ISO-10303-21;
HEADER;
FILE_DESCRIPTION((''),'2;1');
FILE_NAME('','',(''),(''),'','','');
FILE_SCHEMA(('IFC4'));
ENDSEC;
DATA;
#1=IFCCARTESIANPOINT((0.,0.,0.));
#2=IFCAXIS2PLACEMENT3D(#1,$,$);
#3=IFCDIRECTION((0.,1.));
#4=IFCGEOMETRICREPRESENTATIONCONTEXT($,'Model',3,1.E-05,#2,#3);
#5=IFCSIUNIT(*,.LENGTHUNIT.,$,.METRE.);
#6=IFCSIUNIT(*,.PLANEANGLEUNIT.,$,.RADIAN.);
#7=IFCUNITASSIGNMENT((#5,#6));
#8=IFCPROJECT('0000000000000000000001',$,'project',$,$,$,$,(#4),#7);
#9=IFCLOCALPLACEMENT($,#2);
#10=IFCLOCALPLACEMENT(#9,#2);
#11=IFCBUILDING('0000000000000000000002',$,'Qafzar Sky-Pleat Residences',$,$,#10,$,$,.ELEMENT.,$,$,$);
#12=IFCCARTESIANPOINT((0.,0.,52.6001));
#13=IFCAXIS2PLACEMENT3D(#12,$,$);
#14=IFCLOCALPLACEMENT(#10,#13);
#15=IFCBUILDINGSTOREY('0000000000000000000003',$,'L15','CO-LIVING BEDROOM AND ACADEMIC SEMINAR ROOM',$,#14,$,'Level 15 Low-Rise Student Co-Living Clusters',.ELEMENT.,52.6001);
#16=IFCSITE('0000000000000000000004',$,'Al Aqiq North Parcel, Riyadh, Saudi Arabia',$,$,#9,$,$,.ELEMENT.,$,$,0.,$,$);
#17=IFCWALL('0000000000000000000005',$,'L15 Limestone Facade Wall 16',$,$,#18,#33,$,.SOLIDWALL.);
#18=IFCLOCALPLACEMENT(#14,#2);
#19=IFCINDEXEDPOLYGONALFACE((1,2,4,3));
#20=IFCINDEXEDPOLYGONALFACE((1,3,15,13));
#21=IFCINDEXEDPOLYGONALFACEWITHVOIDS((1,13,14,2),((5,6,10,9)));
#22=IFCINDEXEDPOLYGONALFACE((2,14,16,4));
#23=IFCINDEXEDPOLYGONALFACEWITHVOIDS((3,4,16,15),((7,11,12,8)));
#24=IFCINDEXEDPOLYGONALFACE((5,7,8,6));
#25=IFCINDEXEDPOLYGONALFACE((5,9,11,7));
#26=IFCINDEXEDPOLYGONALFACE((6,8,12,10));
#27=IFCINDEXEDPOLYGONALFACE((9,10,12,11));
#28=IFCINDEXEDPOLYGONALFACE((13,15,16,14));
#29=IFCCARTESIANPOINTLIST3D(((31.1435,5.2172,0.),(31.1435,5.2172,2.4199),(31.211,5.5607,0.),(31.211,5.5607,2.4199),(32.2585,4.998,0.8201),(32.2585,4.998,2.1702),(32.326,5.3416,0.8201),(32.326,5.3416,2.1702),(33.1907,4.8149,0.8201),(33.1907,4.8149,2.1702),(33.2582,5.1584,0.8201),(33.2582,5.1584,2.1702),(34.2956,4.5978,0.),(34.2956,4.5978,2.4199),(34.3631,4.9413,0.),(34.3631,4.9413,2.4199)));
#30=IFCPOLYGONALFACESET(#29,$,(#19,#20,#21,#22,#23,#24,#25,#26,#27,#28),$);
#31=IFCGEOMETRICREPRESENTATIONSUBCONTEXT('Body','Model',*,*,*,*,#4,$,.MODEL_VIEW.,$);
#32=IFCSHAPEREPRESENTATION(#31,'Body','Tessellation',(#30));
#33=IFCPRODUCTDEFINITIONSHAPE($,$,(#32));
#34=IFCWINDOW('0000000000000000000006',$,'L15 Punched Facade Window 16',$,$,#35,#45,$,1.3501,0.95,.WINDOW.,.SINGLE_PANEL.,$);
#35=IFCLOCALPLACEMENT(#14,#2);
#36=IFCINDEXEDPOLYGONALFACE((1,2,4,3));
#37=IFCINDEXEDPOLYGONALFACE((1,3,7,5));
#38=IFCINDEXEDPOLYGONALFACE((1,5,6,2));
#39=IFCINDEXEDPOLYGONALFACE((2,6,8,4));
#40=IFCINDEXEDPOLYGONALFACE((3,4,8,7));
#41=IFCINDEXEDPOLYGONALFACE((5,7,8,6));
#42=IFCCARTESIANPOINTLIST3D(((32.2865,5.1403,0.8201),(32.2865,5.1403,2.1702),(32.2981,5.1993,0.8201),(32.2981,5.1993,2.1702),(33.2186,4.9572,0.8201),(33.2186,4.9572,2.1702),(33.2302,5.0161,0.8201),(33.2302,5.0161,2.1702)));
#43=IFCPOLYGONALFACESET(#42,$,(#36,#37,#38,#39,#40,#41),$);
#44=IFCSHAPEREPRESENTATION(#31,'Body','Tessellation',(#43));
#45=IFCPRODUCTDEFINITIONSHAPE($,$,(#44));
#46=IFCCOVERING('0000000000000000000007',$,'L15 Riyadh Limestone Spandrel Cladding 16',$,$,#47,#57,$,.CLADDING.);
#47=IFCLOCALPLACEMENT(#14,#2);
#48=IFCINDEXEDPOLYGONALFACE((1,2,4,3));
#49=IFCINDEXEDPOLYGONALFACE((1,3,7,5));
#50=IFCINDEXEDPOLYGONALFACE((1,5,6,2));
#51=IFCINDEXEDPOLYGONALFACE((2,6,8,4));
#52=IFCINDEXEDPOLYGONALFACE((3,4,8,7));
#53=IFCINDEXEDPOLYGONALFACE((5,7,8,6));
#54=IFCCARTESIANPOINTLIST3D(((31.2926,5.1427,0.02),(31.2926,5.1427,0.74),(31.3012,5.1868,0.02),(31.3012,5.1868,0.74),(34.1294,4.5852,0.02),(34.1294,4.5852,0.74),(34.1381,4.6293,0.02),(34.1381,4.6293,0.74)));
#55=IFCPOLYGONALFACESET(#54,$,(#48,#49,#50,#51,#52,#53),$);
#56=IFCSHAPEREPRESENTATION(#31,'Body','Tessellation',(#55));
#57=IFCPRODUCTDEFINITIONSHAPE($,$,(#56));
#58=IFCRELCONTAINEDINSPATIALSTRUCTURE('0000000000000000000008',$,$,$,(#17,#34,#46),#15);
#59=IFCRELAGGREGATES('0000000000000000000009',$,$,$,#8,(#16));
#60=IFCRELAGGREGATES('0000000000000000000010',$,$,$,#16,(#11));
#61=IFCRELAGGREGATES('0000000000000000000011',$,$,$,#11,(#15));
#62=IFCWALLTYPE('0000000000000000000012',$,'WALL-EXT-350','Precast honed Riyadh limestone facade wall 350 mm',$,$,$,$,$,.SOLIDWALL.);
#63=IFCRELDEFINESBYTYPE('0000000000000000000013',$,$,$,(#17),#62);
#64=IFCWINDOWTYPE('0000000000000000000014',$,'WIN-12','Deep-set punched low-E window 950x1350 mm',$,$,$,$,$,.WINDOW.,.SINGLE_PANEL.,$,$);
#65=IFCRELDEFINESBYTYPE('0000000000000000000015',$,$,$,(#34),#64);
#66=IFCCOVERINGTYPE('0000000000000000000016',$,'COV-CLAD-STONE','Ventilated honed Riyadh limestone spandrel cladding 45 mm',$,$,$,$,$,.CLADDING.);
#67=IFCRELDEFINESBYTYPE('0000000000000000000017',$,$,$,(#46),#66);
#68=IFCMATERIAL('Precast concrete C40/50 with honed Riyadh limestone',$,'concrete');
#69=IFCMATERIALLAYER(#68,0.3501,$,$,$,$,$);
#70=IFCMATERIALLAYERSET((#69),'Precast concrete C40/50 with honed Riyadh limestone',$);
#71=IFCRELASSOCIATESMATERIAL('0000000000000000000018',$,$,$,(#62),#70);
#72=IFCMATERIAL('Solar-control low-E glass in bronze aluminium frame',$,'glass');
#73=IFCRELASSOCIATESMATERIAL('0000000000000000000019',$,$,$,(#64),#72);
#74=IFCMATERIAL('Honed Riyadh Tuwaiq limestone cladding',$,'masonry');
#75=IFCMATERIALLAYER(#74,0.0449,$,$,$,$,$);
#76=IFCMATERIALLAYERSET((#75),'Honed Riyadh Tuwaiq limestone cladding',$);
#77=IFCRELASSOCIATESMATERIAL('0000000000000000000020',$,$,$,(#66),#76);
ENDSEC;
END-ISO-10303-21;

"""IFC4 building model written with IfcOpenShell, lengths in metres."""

from ifc_helpers import new_model, si_unit, direction, frame, frame_2d, origin, origin_2d, place, context, subcontext, project, spatial, rectangle, extrude, source, transform, mapped, material, layer, layer_set, type_object, element, fill, save


model = new_model("IFC4")

# Units and contexts
model_context = context("Model", 3, precision=1e-05, world=origin(), true_north=direction((0.0, 1.0)))
body_context = subcontext(model_context, "Body", "Model", "MODEL_VIEW")
ifc_project = project(units=[si_unit("LENGTHUNIT", "METRE"), si_unit("PLANEANGLEUNIT", "RADIAN")], contexts=[model_context])

# Site, building, storey
site_placement = place(None, origin())
site = spatial("IfcSite", under=ifc_project, at=site_placement, Name="Al Aqiq North Parcel, Riyadh, Saudi Arabia", CompositionType="ELEMENT", RefElevation=0.0)
building_placement = place(site_placement, origin())
building = spatial("IfcBuilding", under=site, at=building_placement, Name="Qafzar Sky-Pleat Residences", CompositionType="ELEMENT")
storey_placement = place(building_placement, frame((0.0, 0.0, 52.6001)))
storey = spatial("IfcBuildingStorey", under=building, at=storey_placement, Name="L15", Description="CO-LIVING BEDROOM AND ACADEMIC SEMINAR ROOM", LongName="Level 15 Low-Rise Student Co-Living Clusters", CompositionType="ELEMENT", Elevation=52.6001)

# Wall, opening, window
ifc_material_1 = material(Name="Precast concrete C40/50 with honed Riyadh limestone", Category="concrete")
ifc_layer_1 = layer(ifc_material_1, 0.3501)
ifc_layer_set_1 = layer_set([ifc_layer_1], Name="Precast concrete C40/50 with honed Riyadh limestone")
wall_type_1 = type_object("IfcWallType", Name="WALL-EXT-350", Description="Precast honed Riyadh limestone facade wall 350 mm", PredefinedType="SOLIDWALL", material=ifc_layer_set_1)
ifc_material_2 = material(Name="Solar-control low-E glass in bronze aluminium frame", Category="glass")
wall_1_placement = place(storey_placement, frame((31.1772, 5.3889, 0.0), z_axis=(0.0, 0.0, 1.0), x_axis=(0.981236, -0.192812, 0.0)))
wall_1 = element("IfcWall", 1, at=wall_1_placement, inside=storey, type_object=wall_type_1, Name="L15 Limestone Facade Wall 16", PredefinedType="SOLIDWALL", context=body_context, shape_type="SweptSolid", body=[
    extrude(rectangle(XDim=3.2124, YDim=0.3501, at=frame_2d((1.6062, 0.0))), origin(), (0.0, 0.0, 1.0), 2.4199),
])
opening_1_placement = place(wall_1_placement, frame((1.1362, 0.0, 0.8201)))
opening_1 = element("IfcOpeningElement", 2, at=opening_1_placement, cuts=wall_1, PredefinedType="OPENING", context=body_context, shape_type="SweptSolid", body=[
    extrude(rectangle(XDim=0.95, YDim=1.3501, at=frame_2d((0.4751, 0.675))), frame((0.0, 0.1851, 0.0), z_axis=(0.0, -1.0, 0.0), x_axis=(1.0, 0.0, 0.0)), (0.0, 0.0, 1.0), 0.3701),
])
window_type_1 = type_object("IfcWindowType", Name="WIN-12", Description="Deep-set punched low-E window 950x1350 mm", PartitioningType="SINGLE_PANEL", PredefinedType="WINDOW", material=ifc_material_2)
shared_shape_1 = source(origin(), body_context, "Body", "SweptSolid", [
    extrude(rectangle(XDim=0.95, YDim=1.3501, at=frame_2d((0.4751, 0.675))), frame((0.0, 0.03, 0.0), z_axis=(0.0, -1.0, 0.0), x_axis=(1.0, 0.0, 0.0)), (0.0, 0.0, 1.0), 0.0601),
])
window_1_placement = place(opening_1_placement, origin())
window_1 = element("IfcWindow", 3, at=window_1_placement, inside=storey, type_object=window_type_1, Name="L15 Punched Facade Window 16", OverallHeight=1.3501, OverallWidth=0.95, PartitioningType="SINGLE_PANEL", PredefinedType="WINDOW", context=body_context, shape_type="MappedRepresentation", body=[
    mapped(shared_shape_1, transform((0.0, 0.0, 0.0), x_axis=(1.0, 0.0, 0.0), y_axis=(0.0, 1.0, 0.0), z_axis=(0.0, 0.0, 1.0), scale=1.0)),
])
fill(opening_1, window_1)

# Covering
ifc_material_3 = material(Name="Honed Riyadh Tuwaiq limestone cladding", Category="masonry")
ifc_layer_2 = layer(ifc_material_3, 0.0449)
ifc_layer_set_2 = layer_set([ifc_layer_2], Name="Honed Riyadh Tuwaiq limestone cladding")
covering_type = type_object("IfcCoveringType", Name="COV-CLAD-STONE", Description="Ventilated honed Riyadh limestone spandrel cladding 45 mm", PredefinedType="CLADDING", material=ifc_layer_set_2)
shared_shape_2 = source(origin(), body_context, "Body", "SweptSolid", [
    extrude(rectangle(XDim=2.8911, YDim=0.0449, at=origin_2d()), origin(), (0.0, 0.0, 1.0), 0.72),
])
covering_placement = place(storey_placement, frame((32.7153, 4.886, 0.02), z_axis=(0.0, 0.0, 1.0), x_axis=(0.981235, -0.192816, 0.0)))
element("IfcCovering", 4, at=covering_placement, inside=storey, type_object=covering_type, Name="L15 Riyadh Limestone Spandrel Cladding 16", PredefinedType="CLADDING", context=body_context, shape_type="MappedRepresentation", body=[
    mapped(shared_shape_2, transform((0.0, 0.0, 0.0), x_axis=(1.0, 0.0, 0.0), y_axis=(0.0, 1.0, 0.0), z_axis=(0.0, 0.0, 1.0), scale=1.0)),
])

save(model, "model.ifc")
